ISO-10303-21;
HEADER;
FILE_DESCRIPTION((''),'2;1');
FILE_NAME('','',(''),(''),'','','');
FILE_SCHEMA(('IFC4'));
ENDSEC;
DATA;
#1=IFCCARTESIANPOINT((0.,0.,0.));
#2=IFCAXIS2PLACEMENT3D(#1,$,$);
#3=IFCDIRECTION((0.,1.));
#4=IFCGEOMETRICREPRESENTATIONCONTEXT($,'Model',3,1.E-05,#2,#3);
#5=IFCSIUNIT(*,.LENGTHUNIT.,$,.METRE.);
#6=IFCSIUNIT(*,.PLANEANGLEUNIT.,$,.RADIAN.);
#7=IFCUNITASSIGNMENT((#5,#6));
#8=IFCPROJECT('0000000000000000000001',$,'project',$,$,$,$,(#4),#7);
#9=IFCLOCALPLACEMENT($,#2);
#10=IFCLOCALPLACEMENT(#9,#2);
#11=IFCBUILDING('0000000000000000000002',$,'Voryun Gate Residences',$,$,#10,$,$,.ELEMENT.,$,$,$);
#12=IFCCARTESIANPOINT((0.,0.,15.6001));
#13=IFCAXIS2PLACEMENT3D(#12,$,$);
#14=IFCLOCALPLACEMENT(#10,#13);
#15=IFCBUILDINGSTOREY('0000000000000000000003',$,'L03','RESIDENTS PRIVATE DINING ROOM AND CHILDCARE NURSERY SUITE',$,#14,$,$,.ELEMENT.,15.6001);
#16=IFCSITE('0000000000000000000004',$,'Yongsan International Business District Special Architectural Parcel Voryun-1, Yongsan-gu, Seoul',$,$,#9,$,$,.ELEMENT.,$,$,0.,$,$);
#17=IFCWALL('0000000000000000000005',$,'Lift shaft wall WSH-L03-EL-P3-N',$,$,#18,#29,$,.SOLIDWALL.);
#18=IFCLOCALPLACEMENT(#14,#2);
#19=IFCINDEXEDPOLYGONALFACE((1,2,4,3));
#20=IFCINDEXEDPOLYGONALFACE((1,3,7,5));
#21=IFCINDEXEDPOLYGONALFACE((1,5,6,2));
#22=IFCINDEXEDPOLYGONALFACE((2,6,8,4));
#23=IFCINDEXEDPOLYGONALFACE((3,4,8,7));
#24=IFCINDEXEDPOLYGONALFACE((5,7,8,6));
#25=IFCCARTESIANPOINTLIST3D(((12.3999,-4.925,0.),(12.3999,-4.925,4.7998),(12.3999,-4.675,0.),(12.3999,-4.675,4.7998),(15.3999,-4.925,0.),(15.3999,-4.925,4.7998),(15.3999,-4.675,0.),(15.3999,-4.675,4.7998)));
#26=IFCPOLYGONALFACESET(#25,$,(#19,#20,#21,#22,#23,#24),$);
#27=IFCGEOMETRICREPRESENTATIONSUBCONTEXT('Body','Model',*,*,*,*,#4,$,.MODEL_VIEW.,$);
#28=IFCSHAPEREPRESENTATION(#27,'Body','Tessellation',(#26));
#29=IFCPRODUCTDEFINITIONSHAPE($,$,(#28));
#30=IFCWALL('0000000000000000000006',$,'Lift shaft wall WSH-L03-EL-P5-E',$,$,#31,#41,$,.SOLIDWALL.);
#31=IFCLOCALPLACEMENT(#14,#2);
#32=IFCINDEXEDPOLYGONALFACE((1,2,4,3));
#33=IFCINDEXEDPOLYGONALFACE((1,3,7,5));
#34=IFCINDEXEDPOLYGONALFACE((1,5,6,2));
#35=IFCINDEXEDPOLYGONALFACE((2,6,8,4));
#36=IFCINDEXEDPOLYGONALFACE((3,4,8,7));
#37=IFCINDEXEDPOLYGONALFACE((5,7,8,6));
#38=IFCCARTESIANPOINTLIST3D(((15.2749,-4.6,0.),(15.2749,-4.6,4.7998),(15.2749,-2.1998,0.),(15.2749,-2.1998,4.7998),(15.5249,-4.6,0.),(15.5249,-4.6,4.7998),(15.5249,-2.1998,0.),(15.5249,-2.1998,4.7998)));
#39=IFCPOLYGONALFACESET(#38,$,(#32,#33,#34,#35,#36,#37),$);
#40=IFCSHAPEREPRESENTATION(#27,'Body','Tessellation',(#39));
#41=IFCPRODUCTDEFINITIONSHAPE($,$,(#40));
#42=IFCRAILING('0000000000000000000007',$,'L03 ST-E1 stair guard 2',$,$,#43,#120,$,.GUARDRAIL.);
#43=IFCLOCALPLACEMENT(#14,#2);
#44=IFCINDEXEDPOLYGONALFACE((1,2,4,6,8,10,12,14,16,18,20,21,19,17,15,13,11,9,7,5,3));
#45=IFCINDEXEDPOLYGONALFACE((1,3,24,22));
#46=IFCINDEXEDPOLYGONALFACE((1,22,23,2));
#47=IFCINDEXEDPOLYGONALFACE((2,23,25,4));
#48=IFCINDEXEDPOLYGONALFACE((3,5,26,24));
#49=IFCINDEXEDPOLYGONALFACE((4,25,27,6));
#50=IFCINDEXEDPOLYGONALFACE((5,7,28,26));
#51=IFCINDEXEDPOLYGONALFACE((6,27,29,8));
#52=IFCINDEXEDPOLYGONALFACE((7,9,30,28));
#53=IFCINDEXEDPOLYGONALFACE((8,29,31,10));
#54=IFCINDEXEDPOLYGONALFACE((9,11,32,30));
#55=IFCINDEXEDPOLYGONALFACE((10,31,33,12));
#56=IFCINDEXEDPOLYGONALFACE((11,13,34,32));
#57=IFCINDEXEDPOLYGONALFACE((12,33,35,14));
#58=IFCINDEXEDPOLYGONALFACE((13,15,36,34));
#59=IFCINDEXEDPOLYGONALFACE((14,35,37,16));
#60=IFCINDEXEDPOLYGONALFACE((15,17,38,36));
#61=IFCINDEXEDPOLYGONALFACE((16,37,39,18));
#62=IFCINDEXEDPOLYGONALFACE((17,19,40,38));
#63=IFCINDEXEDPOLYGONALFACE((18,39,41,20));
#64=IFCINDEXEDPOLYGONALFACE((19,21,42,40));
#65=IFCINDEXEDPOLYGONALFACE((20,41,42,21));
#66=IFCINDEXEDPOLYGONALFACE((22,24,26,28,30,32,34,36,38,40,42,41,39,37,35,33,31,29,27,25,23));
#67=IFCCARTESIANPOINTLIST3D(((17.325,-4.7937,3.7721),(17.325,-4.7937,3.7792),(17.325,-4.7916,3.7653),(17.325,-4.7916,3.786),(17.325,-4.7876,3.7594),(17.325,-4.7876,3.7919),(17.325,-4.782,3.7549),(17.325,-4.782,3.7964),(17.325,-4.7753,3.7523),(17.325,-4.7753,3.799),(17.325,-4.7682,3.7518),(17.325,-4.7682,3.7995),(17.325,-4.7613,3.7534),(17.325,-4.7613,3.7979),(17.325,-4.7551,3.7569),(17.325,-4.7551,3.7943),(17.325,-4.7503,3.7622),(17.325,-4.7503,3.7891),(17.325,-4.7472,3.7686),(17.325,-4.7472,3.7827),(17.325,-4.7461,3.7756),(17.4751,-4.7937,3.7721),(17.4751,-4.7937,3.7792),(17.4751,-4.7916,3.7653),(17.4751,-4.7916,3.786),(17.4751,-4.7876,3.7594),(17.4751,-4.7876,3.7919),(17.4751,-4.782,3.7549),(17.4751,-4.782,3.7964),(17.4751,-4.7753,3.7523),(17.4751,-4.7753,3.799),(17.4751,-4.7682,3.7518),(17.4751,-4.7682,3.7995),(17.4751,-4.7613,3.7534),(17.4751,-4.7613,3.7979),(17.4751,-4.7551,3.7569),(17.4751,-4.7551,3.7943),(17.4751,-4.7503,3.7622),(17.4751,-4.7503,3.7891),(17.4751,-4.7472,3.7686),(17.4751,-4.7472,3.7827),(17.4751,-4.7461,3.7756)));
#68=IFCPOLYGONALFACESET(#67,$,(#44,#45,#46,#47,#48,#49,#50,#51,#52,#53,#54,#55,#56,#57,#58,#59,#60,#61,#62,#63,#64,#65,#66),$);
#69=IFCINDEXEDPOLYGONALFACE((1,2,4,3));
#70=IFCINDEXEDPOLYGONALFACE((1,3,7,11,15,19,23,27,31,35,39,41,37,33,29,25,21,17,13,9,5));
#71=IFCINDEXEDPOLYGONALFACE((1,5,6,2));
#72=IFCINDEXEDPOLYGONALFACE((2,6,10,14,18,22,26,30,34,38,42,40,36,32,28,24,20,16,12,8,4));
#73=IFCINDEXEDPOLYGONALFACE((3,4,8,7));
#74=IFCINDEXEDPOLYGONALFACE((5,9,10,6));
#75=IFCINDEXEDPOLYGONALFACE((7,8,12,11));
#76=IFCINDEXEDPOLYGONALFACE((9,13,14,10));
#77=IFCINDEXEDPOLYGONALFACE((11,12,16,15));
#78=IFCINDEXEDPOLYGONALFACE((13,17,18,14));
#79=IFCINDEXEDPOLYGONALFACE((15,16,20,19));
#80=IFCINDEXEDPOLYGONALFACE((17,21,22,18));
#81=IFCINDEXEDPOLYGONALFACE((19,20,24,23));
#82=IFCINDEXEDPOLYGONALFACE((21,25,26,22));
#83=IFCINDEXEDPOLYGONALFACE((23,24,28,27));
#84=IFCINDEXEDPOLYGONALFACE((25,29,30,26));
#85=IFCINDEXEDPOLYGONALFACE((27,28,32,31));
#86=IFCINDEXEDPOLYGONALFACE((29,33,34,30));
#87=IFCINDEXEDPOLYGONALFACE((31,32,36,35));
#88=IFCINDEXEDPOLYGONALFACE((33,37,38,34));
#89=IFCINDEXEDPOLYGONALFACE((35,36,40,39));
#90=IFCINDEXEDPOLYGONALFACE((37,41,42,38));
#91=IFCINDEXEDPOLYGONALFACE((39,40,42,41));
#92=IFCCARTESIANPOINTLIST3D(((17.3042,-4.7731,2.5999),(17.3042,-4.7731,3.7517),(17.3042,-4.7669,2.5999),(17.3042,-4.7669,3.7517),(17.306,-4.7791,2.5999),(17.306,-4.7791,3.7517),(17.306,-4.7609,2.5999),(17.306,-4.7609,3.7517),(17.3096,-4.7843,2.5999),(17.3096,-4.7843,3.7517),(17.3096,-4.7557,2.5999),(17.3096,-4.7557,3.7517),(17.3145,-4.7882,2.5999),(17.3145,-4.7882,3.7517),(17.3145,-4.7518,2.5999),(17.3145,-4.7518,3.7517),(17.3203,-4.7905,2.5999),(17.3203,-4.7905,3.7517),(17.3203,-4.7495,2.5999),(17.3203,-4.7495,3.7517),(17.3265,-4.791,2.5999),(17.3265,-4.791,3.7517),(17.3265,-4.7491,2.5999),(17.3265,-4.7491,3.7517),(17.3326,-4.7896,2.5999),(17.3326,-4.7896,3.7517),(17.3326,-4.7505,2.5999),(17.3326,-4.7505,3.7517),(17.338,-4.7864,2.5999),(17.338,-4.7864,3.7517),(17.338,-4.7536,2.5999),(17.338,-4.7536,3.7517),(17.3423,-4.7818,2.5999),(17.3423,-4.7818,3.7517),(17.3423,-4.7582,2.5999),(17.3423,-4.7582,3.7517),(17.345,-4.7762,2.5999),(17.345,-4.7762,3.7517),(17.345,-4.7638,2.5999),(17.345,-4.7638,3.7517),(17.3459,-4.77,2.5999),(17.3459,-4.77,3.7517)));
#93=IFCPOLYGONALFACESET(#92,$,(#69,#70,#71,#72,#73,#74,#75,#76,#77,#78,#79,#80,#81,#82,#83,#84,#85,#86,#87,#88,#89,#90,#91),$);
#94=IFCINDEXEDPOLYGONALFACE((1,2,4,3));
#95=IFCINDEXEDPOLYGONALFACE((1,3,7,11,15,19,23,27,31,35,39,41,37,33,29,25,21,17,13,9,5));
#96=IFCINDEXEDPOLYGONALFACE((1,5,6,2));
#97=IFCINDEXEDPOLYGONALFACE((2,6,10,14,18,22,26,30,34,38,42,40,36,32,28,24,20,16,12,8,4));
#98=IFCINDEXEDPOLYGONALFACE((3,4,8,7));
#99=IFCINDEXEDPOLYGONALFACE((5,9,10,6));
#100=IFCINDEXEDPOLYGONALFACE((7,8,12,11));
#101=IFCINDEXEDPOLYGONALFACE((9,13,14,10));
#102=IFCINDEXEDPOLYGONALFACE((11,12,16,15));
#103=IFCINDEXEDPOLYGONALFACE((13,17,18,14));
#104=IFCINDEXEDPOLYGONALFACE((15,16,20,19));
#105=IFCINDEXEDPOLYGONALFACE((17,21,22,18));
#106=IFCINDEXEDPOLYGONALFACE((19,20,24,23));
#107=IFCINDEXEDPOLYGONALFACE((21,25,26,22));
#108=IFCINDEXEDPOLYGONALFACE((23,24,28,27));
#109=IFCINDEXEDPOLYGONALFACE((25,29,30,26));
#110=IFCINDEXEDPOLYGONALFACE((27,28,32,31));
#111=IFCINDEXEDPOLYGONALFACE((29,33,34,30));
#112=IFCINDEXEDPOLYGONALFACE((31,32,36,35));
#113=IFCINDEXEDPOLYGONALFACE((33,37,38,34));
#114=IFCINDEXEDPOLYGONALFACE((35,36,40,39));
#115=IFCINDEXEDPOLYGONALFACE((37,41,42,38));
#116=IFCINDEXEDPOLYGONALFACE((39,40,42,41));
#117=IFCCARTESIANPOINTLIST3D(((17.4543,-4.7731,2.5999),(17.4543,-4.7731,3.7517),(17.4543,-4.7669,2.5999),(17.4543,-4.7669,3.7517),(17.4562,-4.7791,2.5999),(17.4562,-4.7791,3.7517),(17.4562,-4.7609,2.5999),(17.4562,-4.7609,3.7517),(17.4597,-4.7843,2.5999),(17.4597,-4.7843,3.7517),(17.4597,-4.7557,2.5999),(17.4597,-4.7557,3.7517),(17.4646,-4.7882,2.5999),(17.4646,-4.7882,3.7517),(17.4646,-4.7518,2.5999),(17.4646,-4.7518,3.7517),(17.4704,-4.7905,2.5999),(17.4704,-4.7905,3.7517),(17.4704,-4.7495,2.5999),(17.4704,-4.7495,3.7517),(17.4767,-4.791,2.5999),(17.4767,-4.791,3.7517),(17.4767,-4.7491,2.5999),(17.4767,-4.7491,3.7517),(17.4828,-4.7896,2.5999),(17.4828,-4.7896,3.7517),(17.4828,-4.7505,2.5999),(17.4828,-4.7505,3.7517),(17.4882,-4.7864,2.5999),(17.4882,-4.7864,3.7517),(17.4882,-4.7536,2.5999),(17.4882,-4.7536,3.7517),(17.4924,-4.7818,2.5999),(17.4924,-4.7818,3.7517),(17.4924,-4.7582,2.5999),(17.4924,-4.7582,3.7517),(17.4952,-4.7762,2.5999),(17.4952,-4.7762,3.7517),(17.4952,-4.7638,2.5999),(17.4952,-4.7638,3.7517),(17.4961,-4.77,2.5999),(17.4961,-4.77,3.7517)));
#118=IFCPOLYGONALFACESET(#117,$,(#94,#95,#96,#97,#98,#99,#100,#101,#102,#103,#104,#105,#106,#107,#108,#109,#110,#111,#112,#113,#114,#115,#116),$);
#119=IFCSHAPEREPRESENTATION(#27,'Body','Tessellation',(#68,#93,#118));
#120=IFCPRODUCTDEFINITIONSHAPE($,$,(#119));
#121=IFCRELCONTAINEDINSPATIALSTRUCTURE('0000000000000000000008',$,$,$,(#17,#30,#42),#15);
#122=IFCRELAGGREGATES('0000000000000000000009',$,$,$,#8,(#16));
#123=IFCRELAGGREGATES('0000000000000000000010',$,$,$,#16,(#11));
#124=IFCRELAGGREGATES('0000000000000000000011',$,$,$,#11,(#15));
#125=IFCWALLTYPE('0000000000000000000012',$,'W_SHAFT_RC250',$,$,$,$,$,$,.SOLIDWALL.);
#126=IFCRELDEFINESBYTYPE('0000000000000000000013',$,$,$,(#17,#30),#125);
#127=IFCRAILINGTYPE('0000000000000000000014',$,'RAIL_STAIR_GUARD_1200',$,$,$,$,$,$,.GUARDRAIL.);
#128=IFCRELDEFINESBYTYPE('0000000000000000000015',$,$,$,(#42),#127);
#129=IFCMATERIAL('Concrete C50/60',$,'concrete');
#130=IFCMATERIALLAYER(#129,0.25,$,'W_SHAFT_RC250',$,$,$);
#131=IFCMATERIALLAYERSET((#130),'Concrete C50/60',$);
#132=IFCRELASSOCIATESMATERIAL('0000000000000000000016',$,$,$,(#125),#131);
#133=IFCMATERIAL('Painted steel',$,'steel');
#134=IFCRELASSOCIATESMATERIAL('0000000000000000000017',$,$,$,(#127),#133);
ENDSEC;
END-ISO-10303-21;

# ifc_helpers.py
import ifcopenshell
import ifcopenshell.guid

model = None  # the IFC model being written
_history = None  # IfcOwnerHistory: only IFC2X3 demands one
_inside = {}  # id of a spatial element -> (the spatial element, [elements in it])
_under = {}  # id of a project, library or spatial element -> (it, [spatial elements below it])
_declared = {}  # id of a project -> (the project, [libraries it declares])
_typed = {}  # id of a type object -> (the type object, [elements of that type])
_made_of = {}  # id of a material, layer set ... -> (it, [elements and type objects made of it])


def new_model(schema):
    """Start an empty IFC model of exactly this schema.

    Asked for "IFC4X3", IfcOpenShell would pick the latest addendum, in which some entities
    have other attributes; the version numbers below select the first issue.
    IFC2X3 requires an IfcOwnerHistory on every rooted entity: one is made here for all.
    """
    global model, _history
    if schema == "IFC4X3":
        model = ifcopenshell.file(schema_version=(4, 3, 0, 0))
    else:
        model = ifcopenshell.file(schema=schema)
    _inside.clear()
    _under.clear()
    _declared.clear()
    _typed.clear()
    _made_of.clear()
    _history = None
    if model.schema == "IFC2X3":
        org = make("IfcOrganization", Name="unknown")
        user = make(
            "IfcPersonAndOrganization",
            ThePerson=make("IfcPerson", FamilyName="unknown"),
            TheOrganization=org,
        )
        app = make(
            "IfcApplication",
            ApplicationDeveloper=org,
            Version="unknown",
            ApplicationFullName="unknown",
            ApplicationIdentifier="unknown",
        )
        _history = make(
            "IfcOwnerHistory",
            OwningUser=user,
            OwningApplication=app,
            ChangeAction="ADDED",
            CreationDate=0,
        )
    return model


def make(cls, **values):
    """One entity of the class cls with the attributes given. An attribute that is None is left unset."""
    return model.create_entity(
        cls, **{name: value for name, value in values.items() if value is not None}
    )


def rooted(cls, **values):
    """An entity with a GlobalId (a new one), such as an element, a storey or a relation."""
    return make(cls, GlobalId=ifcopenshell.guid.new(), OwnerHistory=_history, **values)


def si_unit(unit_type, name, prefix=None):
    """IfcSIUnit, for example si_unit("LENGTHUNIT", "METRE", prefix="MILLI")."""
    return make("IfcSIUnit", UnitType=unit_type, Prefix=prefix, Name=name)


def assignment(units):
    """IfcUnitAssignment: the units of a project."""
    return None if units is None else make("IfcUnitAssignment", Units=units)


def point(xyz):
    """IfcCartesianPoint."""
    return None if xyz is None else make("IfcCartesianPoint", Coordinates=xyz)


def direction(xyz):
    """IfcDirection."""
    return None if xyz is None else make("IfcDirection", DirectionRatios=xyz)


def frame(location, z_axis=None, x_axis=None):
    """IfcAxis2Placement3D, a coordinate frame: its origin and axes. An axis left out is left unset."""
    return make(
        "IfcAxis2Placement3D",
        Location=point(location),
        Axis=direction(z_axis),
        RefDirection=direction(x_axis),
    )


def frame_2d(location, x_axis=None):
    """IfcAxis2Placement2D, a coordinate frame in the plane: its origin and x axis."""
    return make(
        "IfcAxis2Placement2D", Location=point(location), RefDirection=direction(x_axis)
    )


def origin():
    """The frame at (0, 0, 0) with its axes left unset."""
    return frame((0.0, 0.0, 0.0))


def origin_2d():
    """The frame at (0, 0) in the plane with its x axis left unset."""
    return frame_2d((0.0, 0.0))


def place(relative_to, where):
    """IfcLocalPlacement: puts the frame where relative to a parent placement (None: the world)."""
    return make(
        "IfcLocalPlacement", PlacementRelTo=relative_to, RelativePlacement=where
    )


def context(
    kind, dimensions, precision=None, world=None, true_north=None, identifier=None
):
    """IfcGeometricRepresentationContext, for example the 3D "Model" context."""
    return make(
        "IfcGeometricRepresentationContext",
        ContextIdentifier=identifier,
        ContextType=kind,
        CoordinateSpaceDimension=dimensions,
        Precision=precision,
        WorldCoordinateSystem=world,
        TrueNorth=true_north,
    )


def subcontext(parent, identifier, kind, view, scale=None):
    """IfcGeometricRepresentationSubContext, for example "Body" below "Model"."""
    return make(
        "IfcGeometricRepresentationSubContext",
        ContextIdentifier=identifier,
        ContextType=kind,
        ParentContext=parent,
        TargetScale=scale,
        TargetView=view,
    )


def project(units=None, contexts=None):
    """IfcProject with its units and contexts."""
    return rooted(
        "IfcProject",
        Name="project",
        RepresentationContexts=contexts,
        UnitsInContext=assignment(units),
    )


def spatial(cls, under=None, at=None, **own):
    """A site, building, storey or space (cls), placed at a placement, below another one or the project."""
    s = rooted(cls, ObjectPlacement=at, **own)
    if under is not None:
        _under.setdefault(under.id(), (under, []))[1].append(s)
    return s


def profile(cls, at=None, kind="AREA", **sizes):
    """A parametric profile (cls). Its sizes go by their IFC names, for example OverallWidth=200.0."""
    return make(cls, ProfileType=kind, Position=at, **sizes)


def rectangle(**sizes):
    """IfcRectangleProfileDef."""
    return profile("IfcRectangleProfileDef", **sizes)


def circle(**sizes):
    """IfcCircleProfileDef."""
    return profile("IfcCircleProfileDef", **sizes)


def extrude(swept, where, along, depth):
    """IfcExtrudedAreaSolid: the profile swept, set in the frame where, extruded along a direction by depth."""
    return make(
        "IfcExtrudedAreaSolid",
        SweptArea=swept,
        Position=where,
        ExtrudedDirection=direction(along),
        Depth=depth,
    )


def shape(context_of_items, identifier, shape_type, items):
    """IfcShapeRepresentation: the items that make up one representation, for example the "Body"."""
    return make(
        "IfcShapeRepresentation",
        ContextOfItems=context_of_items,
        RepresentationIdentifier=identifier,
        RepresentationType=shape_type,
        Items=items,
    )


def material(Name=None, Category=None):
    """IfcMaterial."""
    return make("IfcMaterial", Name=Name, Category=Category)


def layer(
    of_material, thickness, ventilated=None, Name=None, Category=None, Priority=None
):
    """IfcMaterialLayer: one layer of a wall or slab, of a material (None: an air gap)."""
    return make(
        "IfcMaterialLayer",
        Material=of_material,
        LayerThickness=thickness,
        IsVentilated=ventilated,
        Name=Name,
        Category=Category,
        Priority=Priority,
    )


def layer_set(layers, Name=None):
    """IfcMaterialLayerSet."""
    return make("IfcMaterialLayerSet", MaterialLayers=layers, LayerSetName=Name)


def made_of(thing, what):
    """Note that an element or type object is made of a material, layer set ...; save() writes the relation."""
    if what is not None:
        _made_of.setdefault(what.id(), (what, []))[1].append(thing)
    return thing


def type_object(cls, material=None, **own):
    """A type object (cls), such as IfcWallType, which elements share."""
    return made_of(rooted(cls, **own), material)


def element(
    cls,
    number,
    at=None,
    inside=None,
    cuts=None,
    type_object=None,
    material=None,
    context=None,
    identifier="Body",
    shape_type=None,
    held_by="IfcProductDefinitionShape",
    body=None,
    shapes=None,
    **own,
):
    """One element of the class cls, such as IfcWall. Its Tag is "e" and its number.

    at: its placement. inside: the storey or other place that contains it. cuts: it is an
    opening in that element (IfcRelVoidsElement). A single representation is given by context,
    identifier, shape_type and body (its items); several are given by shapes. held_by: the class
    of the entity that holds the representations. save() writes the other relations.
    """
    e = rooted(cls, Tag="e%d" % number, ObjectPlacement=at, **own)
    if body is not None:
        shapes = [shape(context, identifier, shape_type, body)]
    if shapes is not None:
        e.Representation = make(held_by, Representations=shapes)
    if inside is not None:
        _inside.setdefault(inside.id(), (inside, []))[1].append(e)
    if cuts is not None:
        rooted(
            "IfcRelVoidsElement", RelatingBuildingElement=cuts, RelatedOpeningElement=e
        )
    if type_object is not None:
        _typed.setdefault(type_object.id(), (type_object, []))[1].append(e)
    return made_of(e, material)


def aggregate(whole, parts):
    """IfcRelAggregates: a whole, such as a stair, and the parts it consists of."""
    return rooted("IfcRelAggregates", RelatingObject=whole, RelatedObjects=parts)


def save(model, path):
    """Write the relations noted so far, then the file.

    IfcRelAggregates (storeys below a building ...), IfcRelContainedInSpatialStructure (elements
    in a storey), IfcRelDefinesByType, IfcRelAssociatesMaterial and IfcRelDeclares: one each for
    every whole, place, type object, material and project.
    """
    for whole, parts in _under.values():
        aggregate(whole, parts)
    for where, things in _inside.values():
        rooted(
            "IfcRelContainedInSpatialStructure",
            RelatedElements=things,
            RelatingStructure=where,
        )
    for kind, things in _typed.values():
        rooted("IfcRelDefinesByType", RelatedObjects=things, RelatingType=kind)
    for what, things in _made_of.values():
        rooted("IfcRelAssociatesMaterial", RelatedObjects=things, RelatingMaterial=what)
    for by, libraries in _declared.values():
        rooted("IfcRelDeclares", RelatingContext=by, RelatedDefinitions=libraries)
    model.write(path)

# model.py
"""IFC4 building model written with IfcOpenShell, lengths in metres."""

from ifc_helpers import new_model, si_unit, direction, frame, frame_2d, origin, origin_2d, place, context, subcontext, project, spatial, rectangle, circle, extrude, material, layer, layer_set, type_object, element, save


model = new_model("IFC4")

# Units and contexts
model_context = context("Model", 3, precision=1e-05, world=origin(), true_north=direction((0.0, 1.0)))
body_context = subcontext(model_context, "Body", "Model", "MODEL_VIEW")
ifc_project = project(units=[si_unit("LENGTHUNIT", "METRE"), si_unit("PLANEANGLEUNIT", "RADIAN")], contexts=[model_context])

# Site, building, storey
site_placement = place(None, origin())
site = spatial("IfcSite", under=ifc_project, at=site_placement, Name="Yongsan International Business District Special Architectural Parcel Voryun-1, Yongsan-gu, Seoul", CompositionType="ELEMENT", RefElevation=0.0)
building_placement = place(site_placement, origin())
building = spatial("IfcBuilding", under=site, at=building_placement, Name="Voryun Gate Residences", CompositionType="ELEMENT")
storey_placement = place(building_placement, frame((0.0, 0.0, 15.6001)))
storey = spatial("IfcBuildingStorey", under=building, at=storey_placement, Name="L03", Description="RESIDENTS PRIVATE DINING ROOM AND CHILDCARE NURSERY SUITE", CompositionType="ELEMENT", Elevation=15.6001)

# Walls
ifc_material_1 = material(Name="Concrete C50/60", Category="concrete")
ifc_layer_1 = layer(ifc_material_1, 0.25, Name="W_SHAFT_RC250")
ifc_layer_set_1 = layer_set([ifc_layer_1], Name="Concrete C50/60")
wall_type_1 = type_object("IfcWallType", Name="W_SHAFT_RC250", PredefinedType="SOLIDWALL", material=ifc_layer_set_1)
wall_1_placement = place(storey_placement, frame((15.3999, -4.8, 0.0), z_axis=(0.0, 0.0, 1.0), x_axis=(-1.0, 0.0, 0.0)))
element("IfcWall", 1, at=wall_1_placement, inside=storey, type_object=wall_type_1, Name="Lift shaft wall WSH-L03-EL-P3-N", PredefinedType="SOLIDWALL", context=body_context, shape_type="SweptSolid", body=[
    extrude(rectangle(XDim=3.0, YDim=0.25, at=frame_2d((1.5, 0.0))), origin(), (0.0, 0.0, 1.0), 4.7998),
])
wall_2_placement = place(storey_placement, frame((15.3999, -4.6001, 0.0), z_axis=(0.0, 0.0, 1.0), x_axis=(0.0, 1.0, 0.0)))
element("IfcWall", 2, at=wall_2_placement, inside=storey, type_object=wall_type_1, Name="Lift shaft wall WSH-L03-EL-P5-E", PredefinedType="SOLIDWALL", context=body_context, shape_type="SweptSolid", body=[
    extrude(rectangle(XDim=2.4001, YDim=0.25, at=frame_2d((1.2002, 0.0))), origin(), (0.0, 0.0, 1.0), 4.7998),
])

# Railing
ifc_material_2 = material(Name="Painted steel", Category="steel")
railing_type = type_object("IfcRailingType", Name="RAIL_STAIR_GUARD_1200", PredefinedType="GUARDRAIL", material=ifc_material_2)
railing_1_placement = place(storey_placement, frame((17.325, -4.77, 2.5999)))
element("IfcRailing", 3, at=railing_1_placement, inside=storey, type_object=railing_type, Name="L03 ST-E1 stair guard 2", PredefinedType="GUARDRAIL", context=body_context, shape_type="SweptSolid", body=[
    extrude(circle(Radius=0.0239, at=origin_2d()), frame((0.0, 0.0, 1.1758), z_axis=(1.0, 0.0, 0.0), x_axis=(0.0, 1.0, 0.0)), (0.0, 0.0, 1.0), 0.1501),
    extrude(circle(Radius=0.021, at=origin_2d()), origin(), (0.0, 0.0, 1.0), 1.1519),
    extrude(circle(Radius=0.021, at=origin_2d()), frame((0.1501, 0.0, 0.0)), (0.0, 0.0, 1.0), 1.1519),
])

save(model, "model.ifc")
